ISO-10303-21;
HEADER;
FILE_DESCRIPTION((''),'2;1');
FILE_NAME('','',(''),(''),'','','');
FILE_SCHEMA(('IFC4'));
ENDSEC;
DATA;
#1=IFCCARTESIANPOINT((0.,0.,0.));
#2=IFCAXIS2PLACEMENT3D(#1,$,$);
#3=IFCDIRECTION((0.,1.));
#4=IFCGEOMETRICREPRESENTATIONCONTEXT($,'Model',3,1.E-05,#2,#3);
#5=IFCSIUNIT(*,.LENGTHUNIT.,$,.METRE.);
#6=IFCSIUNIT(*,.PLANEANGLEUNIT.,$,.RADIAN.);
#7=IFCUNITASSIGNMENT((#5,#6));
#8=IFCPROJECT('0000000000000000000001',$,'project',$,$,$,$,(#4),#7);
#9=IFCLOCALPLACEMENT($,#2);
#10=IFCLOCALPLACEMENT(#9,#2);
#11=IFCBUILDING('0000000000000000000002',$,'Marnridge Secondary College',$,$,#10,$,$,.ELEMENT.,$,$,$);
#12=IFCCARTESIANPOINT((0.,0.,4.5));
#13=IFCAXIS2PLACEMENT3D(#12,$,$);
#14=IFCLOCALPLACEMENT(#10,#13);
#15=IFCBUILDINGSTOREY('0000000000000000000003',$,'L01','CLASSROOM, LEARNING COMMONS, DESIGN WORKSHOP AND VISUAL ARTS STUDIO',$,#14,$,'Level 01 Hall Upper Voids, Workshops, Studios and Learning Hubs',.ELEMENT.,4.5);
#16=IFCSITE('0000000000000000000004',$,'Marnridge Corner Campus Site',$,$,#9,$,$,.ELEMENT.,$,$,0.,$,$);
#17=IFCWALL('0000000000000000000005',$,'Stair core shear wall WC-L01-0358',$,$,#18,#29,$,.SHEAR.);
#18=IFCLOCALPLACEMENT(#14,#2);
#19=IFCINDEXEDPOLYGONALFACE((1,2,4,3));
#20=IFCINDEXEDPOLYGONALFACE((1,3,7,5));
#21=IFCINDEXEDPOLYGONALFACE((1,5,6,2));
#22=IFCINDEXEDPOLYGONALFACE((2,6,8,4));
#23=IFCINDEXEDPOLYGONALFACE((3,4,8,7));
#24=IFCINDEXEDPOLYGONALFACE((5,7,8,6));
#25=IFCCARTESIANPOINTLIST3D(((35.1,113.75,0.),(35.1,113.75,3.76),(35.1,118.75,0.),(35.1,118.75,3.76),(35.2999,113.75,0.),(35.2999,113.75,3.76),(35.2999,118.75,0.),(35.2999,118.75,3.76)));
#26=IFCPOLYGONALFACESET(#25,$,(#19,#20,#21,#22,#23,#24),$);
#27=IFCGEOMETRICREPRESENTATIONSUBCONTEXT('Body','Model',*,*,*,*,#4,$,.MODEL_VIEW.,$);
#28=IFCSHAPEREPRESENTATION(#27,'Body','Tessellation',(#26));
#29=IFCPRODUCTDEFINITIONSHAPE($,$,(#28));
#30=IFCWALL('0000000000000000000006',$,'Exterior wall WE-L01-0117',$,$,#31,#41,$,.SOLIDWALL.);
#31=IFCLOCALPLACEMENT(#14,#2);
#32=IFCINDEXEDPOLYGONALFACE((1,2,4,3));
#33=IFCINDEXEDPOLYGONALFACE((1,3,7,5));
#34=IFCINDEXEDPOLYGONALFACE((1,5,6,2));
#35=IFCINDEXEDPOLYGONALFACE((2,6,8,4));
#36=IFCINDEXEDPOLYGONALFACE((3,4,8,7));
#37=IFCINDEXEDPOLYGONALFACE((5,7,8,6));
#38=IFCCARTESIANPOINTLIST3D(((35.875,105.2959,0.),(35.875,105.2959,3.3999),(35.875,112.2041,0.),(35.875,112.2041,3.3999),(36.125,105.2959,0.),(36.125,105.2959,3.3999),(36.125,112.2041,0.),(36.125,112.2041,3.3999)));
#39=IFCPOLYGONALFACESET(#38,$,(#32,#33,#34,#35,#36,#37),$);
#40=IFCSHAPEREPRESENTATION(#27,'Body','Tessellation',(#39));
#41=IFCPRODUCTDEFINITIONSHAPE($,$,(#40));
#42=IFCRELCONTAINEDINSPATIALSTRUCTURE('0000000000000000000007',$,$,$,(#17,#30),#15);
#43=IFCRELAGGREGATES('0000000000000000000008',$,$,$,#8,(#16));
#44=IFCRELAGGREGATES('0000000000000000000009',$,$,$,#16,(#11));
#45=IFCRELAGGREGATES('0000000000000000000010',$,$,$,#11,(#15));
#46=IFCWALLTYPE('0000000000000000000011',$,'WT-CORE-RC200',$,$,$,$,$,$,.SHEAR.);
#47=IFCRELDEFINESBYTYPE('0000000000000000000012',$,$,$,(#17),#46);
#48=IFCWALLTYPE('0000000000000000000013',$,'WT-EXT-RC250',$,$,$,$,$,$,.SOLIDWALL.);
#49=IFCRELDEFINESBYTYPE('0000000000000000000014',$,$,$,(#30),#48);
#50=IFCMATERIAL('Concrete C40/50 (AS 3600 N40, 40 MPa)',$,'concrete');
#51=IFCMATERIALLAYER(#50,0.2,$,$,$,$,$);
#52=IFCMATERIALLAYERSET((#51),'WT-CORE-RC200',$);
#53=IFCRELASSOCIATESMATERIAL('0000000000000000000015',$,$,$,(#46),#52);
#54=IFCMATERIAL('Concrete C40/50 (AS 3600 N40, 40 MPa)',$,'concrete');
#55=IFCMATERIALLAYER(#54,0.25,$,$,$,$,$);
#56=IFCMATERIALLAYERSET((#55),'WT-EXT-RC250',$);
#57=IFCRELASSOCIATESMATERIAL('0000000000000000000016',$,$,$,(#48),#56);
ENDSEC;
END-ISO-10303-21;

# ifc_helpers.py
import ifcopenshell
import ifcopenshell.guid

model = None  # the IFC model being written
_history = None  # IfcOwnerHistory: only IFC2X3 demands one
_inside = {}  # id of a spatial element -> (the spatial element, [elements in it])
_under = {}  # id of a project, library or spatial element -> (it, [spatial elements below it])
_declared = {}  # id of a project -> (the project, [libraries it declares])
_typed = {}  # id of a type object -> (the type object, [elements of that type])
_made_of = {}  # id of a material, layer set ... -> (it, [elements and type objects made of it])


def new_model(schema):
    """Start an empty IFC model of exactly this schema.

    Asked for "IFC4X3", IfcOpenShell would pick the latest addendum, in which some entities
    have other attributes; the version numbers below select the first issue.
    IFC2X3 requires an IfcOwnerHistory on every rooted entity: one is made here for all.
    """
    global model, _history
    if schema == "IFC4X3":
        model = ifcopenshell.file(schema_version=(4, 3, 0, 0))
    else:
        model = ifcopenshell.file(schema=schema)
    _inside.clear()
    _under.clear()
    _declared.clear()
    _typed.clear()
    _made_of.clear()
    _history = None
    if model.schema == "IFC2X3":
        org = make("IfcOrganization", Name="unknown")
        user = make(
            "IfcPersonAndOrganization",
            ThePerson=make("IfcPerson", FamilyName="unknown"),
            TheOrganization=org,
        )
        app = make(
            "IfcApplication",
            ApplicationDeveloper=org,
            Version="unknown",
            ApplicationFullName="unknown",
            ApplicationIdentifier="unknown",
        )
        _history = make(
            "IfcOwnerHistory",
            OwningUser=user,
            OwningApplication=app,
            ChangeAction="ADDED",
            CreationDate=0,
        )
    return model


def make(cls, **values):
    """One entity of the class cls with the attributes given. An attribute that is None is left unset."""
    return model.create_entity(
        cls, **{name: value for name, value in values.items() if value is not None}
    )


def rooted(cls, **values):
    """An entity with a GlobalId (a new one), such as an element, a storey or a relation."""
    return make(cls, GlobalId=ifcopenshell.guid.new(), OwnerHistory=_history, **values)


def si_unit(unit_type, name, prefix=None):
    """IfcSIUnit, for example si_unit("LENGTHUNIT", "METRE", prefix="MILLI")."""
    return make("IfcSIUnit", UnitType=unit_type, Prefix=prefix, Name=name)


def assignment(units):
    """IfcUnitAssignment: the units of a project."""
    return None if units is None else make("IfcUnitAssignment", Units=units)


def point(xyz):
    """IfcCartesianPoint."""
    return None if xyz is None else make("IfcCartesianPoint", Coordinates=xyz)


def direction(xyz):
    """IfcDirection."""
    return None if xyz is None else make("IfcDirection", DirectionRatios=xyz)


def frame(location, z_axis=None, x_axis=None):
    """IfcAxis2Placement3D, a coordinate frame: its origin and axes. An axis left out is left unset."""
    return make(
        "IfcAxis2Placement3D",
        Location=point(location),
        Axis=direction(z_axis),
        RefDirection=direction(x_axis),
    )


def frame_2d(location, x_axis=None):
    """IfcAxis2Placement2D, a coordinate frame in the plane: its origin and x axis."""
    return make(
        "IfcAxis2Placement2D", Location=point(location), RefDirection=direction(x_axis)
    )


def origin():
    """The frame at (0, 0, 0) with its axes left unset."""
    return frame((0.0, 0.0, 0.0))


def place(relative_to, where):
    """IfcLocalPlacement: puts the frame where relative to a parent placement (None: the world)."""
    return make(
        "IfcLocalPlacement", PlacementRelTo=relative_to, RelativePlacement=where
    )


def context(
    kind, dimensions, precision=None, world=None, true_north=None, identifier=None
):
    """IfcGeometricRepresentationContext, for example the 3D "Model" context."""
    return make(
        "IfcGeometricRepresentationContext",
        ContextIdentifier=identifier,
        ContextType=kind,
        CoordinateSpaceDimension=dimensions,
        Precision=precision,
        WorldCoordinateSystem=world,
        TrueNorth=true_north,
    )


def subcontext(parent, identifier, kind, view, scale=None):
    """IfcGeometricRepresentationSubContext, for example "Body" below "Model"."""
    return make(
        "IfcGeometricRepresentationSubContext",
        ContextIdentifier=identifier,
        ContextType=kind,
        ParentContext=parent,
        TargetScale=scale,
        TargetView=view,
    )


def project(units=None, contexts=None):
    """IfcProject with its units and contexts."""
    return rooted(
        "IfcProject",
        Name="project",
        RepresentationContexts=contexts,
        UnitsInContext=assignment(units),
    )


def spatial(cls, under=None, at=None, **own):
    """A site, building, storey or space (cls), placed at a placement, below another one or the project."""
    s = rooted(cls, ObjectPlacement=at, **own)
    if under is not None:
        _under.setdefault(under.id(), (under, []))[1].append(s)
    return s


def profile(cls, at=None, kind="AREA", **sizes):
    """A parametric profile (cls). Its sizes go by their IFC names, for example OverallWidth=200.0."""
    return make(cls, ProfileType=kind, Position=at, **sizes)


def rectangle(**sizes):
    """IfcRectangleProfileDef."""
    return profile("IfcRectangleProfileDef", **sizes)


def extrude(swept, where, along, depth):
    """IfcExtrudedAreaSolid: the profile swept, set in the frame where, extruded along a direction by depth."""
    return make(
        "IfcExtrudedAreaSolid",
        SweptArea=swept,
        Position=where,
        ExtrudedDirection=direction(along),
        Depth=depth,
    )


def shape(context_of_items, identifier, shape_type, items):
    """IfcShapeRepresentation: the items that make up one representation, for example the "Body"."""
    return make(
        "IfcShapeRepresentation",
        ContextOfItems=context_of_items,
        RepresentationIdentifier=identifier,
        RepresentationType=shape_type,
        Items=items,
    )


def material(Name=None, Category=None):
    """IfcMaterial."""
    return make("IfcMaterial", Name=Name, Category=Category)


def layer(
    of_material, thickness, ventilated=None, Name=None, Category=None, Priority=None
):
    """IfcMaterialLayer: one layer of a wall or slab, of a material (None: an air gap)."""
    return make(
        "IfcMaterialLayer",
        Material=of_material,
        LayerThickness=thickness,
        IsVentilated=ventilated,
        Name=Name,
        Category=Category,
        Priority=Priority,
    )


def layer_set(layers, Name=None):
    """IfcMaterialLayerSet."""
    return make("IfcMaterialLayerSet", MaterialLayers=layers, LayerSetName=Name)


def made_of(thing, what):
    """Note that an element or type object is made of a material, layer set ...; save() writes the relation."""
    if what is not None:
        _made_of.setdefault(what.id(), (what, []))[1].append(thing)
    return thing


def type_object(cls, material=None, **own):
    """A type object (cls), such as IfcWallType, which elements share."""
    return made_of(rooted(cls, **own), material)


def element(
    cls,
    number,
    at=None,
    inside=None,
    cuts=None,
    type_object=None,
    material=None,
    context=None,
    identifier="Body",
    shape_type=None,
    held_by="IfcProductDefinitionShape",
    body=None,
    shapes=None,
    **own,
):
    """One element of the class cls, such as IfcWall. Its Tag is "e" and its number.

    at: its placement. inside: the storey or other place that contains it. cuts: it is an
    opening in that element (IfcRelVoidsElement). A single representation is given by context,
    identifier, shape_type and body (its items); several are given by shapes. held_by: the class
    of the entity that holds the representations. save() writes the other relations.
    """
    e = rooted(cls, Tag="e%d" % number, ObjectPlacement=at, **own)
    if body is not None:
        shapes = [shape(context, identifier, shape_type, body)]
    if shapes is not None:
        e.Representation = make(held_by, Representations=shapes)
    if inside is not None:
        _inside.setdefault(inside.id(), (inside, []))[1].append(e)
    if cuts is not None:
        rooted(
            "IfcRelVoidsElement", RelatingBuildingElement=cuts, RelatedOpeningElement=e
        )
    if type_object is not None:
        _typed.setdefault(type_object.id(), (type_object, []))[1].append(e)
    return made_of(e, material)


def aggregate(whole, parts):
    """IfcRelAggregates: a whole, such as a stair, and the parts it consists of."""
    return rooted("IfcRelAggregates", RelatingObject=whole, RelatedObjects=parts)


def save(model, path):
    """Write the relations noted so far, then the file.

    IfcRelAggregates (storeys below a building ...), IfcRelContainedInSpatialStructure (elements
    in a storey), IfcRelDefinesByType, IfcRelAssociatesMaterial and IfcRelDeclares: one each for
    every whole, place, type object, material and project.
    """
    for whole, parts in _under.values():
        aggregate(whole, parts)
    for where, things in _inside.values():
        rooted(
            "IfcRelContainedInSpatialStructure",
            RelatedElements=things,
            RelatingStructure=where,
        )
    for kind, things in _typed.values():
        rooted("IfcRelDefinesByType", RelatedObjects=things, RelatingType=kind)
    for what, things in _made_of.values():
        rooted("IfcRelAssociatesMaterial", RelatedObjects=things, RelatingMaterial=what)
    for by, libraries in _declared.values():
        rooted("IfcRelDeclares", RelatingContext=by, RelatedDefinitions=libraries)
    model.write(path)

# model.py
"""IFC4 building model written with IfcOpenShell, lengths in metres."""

from ifc_helpers import new_model, si_unit, direction, frame, frame_2d, origin, place, context, subcontext, project, spatial, rectangle, extrude, material, layer, layer_set, type_object, element, save


model = new_model("IFC4")

# Units and contexts
model_context = context("Model", 3, precision=1e-05, world=origin(), true_north=direction((0.0, 1.0)))
body_context = subcontext(model_context, "Body", "Model", "MODEL_VIEW")
ifc_project = project(units=[si_unit("LENGTHUNIT", "METRE"), si_unit("PLANEANGLEUNIT", "RADIAN")], contexts=[model_context])

# Site, building, storey
site_placement = place(None, origin())
site = spatial("IfcSite", under=ifc_project, at=site_placement, Name="Marnridge Corner Campus Site", CompositionType="ELEMENT", RefElevation=0.0)
building_placement = place(site_placement, origin())
building = spatial("IfcBuilding", under=site, at=building_placement, Name="Marnridge Secondary College", CompositionType="ELEMENT")
storey_placement = place(building_placement, frame((0.0, 0.0, 4.5)))
storey = spatial("IfcBuildingStorey", under=building, at=storey_placement, Name="L01", Description="CLASSROOM, LEARNING COMMONS, DESIGN WORKSHOP AND VISUAL ARTS STUDIO", LongName="Level 01 Hall Upper Voids, Workshops, Studios and Learning Hubs", CompositionType="ELEMENT", Elevation=4.5)

# Walls
ifc_material_1 = material(Name="Concrete C40/50 (AS 3600 N40, 40 MPa)", Category="concrete")
ifc_layer_1 = layer(ifc_material_1, 0.2)
ifc_layer_set_1 = layer_set([ifc_layer_1], Name="WT-CORE-RC200")
wall_type_1 = type_object("IfcWallType", Name="WT-CORE-RC200", PredefinedType="SHEAR", material=ifc_layer_set_1)
wall_1_placement = place(storey_placement, frame((35.2, 113.75, 0.0), z_axis=(0.0, 0.0, 1.0), x_axis=(0.0, 1.0, 0.0)))
element("IfcWall", 1, at=wall_1_placement, inside=storey, type_object=wall_type_1, Name="Stair core shear wall WC-L01-0358", PredefinedType="SHEAR", context=body_context, shape_type="SweptSolid", body=[
    extrude(rectangle(XDim=5.0, YDim=0.2, at=frame_2d((2.5, 0.0))), origin(), (0.0, 0.0, 1.0), 3.76),
])
ifc_material_2 = material(Name="Concrete C40/50 (AS 3600 N40, 40 MPa)", Category="concrete")
ifc_layer_2 = layer(ifc_material_2, 0.25)
ifc_layer_set_2 = layer_set([ifc_layer_2], Name="WT-EXT-RC250")
wall_type_2 = type_object("IfcWallType", Name="WT-EXT-RC250", PredefinedType="SOLIDWALL", material=ifc_layer_set_2)
wall_2_placement = place(storey_placement, frame((36.0, 112.2041, 0.0), z_axis=(0.0, 0.0, 1.0), x_axis=(0.0, -1.0, 0.0)))
element("IfcWall", 2, at=wall_2_placement, inside=storey, type_object=wall_type_2, Name="Exterior wall WE-L01-0117", PredefinedType="SOLIDWALL", context=body_context, shape_type="SweptSolid", body=[
    extrude(rectangle(XDim=6.9082, YDim=0.25, at=frame_2d((3.4541, 0.0))), origin(), (0.0, 0.0, 1.0), 3.3999),
])

save(model, "model.ifc")
